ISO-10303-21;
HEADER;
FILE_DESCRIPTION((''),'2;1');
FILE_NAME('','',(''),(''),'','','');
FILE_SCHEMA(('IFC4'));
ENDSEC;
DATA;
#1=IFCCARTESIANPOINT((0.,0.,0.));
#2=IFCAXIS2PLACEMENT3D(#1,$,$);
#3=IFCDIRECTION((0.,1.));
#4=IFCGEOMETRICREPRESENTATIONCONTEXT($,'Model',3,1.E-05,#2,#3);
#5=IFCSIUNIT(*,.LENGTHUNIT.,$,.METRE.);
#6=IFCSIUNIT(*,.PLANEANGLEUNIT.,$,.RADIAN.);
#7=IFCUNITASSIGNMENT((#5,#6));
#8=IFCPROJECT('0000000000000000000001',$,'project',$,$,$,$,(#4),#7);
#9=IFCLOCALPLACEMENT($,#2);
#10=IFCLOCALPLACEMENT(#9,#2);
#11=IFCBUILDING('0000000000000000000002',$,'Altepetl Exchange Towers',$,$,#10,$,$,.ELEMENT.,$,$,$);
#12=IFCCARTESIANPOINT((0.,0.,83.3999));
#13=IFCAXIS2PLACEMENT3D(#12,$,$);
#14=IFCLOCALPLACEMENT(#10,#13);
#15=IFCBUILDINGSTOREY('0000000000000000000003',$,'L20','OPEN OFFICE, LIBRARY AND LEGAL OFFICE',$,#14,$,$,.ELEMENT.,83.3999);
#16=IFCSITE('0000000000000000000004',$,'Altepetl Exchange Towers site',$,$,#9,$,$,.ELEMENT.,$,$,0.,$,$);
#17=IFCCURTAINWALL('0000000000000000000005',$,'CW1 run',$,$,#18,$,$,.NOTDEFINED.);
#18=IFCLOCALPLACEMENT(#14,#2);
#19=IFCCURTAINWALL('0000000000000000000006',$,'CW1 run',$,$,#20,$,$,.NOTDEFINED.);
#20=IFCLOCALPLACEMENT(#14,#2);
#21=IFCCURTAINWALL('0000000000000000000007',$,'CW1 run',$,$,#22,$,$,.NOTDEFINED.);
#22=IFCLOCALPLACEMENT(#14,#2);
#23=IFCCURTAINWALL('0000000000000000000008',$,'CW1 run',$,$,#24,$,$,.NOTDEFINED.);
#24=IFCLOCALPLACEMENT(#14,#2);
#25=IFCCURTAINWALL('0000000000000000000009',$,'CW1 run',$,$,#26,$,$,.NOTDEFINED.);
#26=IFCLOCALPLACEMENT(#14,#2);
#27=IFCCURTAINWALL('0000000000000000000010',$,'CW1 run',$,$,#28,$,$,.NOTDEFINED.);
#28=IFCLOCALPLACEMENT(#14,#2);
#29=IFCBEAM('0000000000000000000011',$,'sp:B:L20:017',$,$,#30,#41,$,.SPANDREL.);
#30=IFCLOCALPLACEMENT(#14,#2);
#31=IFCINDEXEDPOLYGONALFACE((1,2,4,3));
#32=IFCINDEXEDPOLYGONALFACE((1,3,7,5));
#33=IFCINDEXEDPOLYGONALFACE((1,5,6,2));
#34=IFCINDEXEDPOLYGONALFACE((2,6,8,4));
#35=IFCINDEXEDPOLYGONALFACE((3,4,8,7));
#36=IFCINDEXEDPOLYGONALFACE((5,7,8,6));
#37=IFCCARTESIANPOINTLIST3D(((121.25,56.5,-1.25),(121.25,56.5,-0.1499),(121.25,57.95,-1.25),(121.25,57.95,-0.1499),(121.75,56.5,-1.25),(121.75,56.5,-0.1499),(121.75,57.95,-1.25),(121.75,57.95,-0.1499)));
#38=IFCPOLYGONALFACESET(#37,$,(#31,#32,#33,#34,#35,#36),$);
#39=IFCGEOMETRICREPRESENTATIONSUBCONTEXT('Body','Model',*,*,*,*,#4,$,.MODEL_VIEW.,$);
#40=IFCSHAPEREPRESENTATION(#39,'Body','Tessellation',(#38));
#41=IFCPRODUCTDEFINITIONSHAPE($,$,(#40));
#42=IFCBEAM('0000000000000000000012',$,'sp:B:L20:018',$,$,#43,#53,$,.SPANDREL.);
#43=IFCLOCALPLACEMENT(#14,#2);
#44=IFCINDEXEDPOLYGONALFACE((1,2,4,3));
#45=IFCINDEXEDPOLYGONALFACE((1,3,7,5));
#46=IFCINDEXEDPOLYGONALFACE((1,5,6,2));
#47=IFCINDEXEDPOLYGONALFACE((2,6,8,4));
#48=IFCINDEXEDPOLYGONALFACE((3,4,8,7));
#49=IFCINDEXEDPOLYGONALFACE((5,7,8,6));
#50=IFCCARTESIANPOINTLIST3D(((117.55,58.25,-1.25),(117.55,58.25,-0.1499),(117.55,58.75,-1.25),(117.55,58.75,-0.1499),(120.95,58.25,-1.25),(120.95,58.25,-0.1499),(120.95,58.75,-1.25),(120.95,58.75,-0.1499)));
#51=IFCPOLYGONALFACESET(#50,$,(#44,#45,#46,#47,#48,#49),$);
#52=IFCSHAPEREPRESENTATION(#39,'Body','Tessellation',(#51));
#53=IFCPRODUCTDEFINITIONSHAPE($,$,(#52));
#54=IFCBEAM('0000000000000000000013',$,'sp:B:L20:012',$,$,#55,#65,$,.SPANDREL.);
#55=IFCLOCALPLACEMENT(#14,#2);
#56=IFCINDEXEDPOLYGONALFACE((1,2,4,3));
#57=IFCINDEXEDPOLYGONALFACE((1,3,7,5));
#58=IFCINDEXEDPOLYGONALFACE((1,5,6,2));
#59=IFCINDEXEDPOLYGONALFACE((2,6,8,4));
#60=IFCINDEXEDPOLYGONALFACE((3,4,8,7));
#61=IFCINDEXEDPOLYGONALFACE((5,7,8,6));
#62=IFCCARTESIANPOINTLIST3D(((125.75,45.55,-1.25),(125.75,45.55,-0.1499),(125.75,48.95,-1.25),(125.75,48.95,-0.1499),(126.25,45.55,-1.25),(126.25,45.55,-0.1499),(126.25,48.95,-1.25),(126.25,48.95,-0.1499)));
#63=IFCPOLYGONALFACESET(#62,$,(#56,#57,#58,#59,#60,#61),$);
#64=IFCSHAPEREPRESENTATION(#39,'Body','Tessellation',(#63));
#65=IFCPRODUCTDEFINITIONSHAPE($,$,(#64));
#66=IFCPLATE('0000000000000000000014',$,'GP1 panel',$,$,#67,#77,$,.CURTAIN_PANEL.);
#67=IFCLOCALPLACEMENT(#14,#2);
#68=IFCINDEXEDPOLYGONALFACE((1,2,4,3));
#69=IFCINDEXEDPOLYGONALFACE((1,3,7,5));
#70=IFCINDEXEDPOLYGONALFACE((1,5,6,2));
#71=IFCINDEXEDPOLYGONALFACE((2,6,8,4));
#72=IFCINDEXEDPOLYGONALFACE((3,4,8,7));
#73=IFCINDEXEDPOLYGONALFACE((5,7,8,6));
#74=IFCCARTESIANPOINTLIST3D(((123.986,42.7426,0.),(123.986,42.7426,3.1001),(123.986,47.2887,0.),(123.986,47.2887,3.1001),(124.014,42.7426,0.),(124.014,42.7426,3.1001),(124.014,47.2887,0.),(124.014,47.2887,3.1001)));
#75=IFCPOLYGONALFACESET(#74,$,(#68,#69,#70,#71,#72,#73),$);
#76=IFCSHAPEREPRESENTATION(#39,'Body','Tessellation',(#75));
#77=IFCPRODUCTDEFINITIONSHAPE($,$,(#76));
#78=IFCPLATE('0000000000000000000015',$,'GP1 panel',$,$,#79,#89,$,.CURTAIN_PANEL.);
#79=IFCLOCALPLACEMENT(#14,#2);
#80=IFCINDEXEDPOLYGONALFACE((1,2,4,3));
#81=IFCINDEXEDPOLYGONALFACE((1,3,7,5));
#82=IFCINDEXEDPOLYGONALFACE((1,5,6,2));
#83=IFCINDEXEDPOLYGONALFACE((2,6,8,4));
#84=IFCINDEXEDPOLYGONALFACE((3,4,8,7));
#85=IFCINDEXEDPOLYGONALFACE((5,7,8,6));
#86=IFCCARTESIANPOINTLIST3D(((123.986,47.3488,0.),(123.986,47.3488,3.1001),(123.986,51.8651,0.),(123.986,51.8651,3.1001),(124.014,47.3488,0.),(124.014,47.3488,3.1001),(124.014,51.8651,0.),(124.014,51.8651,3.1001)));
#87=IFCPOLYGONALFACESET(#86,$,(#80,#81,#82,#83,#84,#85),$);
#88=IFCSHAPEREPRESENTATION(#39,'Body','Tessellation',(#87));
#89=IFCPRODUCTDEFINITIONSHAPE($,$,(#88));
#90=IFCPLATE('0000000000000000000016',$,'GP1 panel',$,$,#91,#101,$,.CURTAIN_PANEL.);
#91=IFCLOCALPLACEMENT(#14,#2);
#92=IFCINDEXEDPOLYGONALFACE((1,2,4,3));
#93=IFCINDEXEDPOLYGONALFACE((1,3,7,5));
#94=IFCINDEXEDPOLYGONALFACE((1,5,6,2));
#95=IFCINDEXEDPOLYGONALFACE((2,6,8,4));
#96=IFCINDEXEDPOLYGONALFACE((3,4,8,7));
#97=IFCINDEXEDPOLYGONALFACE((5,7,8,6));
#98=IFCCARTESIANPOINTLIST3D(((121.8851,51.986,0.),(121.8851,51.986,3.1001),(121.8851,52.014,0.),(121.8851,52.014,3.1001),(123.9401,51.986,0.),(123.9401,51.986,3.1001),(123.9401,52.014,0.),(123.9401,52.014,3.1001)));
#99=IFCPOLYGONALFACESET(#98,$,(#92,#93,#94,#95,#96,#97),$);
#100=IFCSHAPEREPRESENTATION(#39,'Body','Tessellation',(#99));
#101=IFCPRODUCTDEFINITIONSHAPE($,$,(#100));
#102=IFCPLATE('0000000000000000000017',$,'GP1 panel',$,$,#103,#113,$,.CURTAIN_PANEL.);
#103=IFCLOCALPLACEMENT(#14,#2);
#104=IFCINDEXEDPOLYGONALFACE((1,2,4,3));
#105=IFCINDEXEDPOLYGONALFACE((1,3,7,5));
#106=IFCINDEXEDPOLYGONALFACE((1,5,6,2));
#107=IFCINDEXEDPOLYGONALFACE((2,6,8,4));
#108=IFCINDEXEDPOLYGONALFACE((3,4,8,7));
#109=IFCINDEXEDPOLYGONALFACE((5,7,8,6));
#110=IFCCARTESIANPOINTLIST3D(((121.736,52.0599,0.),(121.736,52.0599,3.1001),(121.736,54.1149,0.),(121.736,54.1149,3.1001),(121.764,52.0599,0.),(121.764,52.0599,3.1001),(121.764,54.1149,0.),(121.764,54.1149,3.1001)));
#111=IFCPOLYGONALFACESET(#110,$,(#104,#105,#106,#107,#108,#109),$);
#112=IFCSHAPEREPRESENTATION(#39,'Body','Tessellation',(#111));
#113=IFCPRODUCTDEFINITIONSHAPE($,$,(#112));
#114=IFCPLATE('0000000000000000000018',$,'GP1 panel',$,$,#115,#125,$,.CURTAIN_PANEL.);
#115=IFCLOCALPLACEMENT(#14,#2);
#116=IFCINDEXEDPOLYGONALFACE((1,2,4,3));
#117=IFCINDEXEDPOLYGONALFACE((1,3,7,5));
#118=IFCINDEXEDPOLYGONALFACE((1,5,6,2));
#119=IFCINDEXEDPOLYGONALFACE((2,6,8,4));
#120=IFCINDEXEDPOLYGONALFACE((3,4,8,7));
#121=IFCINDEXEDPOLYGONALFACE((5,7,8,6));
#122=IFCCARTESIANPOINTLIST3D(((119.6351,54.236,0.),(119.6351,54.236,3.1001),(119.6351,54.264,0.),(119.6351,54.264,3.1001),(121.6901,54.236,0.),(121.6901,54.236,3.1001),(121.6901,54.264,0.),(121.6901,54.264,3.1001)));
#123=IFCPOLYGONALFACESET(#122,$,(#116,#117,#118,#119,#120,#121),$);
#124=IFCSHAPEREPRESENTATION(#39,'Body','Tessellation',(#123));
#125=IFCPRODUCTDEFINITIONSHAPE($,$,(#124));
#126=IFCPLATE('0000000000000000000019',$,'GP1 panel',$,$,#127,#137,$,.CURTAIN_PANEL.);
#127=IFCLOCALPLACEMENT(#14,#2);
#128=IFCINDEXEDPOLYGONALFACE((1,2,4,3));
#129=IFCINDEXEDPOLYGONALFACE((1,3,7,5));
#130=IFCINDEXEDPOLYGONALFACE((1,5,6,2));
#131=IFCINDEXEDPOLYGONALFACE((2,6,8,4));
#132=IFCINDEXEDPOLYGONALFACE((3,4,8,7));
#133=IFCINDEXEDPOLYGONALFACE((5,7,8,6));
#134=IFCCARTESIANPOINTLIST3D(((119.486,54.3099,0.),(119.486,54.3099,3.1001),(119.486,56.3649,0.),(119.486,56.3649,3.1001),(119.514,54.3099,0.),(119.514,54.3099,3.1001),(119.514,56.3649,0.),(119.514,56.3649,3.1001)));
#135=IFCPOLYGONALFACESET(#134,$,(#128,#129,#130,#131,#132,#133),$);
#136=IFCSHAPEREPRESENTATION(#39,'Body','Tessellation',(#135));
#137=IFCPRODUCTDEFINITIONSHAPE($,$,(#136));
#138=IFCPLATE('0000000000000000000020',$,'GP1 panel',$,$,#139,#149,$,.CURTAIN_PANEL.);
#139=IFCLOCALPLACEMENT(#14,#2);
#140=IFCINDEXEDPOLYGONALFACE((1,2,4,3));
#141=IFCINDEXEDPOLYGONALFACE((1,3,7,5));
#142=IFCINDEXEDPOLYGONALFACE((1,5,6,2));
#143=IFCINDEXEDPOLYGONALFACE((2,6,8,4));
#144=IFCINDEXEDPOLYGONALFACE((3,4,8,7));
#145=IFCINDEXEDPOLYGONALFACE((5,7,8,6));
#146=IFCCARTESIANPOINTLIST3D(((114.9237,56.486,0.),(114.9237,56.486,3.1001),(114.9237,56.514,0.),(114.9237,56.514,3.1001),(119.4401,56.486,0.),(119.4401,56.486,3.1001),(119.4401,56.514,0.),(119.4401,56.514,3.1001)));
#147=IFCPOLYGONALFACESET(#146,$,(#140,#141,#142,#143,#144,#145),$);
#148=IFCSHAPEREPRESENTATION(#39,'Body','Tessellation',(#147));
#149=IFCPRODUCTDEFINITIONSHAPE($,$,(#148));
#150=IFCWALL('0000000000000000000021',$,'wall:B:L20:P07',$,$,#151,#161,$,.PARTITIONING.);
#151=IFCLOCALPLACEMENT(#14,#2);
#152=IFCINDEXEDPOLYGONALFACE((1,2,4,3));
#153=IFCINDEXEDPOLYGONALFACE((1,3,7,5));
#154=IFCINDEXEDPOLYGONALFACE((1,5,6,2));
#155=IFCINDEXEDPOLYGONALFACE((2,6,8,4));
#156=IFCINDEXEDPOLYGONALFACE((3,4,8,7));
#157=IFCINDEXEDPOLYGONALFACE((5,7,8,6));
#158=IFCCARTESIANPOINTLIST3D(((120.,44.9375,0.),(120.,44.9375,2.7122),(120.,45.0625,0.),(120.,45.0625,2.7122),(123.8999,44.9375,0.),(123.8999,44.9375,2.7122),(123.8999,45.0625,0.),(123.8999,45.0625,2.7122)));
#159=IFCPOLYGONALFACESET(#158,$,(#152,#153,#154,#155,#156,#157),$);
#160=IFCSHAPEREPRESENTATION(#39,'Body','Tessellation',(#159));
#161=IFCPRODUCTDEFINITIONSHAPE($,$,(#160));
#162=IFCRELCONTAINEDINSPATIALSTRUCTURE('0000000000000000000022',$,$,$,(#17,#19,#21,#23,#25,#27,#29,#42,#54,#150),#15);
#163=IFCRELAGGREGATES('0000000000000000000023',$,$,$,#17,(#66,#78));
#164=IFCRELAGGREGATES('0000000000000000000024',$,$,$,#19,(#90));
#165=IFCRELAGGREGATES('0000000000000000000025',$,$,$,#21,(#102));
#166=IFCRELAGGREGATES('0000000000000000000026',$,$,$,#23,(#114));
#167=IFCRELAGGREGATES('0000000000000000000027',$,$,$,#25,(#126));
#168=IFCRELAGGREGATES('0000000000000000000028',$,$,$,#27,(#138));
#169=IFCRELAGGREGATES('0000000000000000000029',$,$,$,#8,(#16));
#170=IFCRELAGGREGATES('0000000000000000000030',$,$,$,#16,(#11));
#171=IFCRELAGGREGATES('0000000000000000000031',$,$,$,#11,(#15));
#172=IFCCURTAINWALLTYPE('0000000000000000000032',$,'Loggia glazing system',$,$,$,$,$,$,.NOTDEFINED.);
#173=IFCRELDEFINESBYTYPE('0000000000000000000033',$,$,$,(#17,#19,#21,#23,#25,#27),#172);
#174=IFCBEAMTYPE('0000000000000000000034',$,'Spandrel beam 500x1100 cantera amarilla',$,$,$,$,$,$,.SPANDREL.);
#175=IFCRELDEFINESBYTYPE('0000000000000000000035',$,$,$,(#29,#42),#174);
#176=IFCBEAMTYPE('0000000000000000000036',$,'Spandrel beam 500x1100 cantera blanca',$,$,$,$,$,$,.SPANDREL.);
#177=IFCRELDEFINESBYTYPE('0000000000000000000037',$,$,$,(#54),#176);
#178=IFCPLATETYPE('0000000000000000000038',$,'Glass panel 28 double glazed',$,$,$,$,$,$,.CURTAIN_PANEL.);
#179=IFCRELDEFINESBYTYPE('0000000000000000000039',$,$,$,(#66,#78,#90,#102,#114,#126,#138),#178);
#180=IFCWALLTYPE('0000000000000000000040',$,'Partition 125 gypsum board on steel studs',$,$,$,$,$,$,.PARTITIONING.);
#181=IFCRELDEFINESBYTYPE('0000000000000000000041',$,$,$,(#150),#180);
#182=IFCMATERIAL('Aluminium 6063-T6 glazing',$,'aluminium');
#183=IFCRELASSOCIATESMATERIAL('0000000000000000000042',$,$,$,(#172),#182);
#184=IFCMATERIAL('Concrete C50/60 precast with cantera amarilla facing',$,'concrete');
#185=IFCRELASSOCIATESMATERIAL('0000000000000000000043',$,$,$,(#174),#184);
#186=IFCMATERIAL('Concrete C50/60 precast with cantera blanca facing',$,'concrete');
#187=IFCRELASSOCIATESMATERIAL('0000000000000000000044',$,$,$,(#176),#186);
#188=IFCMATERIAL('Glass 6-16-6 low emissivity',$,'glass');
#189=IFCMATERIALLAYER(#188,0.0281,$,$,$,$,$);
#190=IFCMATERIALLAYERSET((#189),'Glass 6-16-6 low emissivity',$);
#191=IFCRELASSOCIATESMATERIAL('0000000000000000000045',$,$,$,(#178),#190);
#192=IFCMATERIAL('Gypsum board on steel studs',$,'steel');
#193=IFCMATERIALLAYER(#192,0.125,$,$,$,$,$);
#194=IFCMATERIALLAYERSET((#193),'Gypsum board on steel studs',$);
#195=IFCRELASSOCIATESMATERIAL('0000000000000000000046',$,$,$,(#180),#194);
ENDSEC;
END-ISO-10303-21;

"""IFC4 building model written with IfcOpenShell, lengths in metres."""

from ifc_helpers import new_model, si_unit, direction, frame, frame_2d, origin, origin_2d, place, context, subcontext, project, spatial, rectangle, extrude, material, layer, layer_set, material_profile, profile_set, type_object, element, aggregate, save


model = new_model("IFC4")

# Units and contexts
model_context = context("Model", 3, precision=1e-05, world=origin(), true_north=direction((0.0, 1.0)))
body_context = subcontext(model_context, "Body", "Model", "MODEL_VIEW")
ifc_project = project(units=[si_unit("LENGTHUNIT", "METRE"), si_unit("PLANEANGLEUNIT", "RADIAN")], contexts=[model_context])

# Site, building, storey
site_placement = place(None, origin())
site = spatial("IfcSite", under=ifc_project, at=site_placement, Name="Altepetl Exchange Towers site", CompositionType="ELEMENT", RefElevation=0.0)
building_placement = place(site_placement, origin())
building = spatial("IfcBuilding", under=site, at=building_placement, Name="Altepetl Exchange Towers", CompositionType="ELEMENT")
storey_placement = place(building_placement, frame((0.0, 0.0, 83.3999)))
storey = spatial("IfcBuildingStorey", under=building, at=storey_placement, Name="L20", Description="OPEN OFFICE, LIBRARY AND LEGAL OFFICE", CompositionType="ELEMENT", Elevation=83.3999)

# Curtain walls
ifc_material_1 = material(Name="Aluminium 6063-T6 glazing", Category="aluminium")
curtain_wall_type = type_object("IfcCurtainWallType", Name="Loggia glazing system", PredefinedType="NOTDEFINED", material=ifc_material_1)
curtain_wall_1_placement = place(storey_placement, origin())
curtain_wall_1 = element("IfcCurtainWall", 1, at=curtain_wall_1_placement, inside=storey, type_object=curtain_wall_type, Name="CW1 run", PredefinedType="NOTDEFINED")
curtain_wall_2_placement = place(storey_placement, origin())
curtain_wall_2 = element("IfcCurtainWall", 2, at=curtain_wall_2_placement, inside=storey, type_object=curtain_wall_type, Name="CW1 run", PredefinedType="NOTDEFINED")
curtain_wall_3_placement = place(storey_placement, origin())
curtain_wall_3 = element("IfcCurtainWall", 3, at=curtain_wall_3_placement, inside=storey, type_object=curtain_wall_type, Name="CW1 run", PredefinedType="NOTDEFINED")
curtain_wall_4_placement = place(storey_placement, origin())
curtain_wall_4 = element("IfcCurtainWall", 4, at=curtain_wall_4_placement, inside=storey, type_object=curtain_wall_type, Name="CW1 run", PredefinedType="NOTDEFINED")
curtain_wall_5_placement = place(storey_placement, origin())
curtain_wall_5 = element("IfcCurtainWall", 5, at=curtain_wall_5_placement, inside=storey, type_object=curtain_wall_type, Name="CW1 run", PredefinedType="NOTDEFINED")

# Curtain wall
curtain_wall_6_placement = place(storey_placement, origin())
curtain_wall_6 = element("IfcCurtainWall", 6, at=curtain_wall_6_placement, inside=storey, type_object=curtain_wall_type, Name="CW1 run", PredefinedType="NOTDEFINED")

# Beams
ifc_material_2 = material(Name="Concrete C50/60 precast with cantera amarilla facing", Category="concrete")
ifc_material_profile_1 = material_profile(ifc_material_2, rectangle(XDim=0.5, YDim=1.1001, at=origin_2d()), Name="500 x 1100")
ifc_profile_set_1 = profile_set([ifc_material_profile_1], Name="Concrete C50/60 precast with cantera amarilla facing")
beam_type_1 = type_object("IfcBeamType", Name="Spandrel beam 500x1100 cantera amarilla", PredefinedType="SPANDREL", material=ifc_profile_set_1)
beam_1_placement = place(storey_placement, frame((121.5, 56.5, -0.7), z_axis=(0.0, 1.0, 0.0), x_axis=(-1.0, 0.0, 0.0)))
element("IfcBeam", 7, at=beam_1_placement, inside=storey, type_object=beam_type_1, Name="sp:B:L20:017", PredefinedType="SPANDREL", context=body_context, shape_type="SweptSolid", body=[
    extrude(rectangle(XDim=0.5, YDim=1.1001, at=origin_2d()), origin(), (0.0, 0.0, 1.0), 1.45),
])
beam_2_placement = place(storey_placement, frame((120.95, 58.5, -0.7), z_axis=(-1.0, 0.0, 0.0), x_axis=(0.0, -1.0, 0.0)))
element("IfcBeam", 8, at=beam_2_placement, inside=storey, type_object=beam_type_1, Name="sp:B:L20:018", PredefinedType="SPANDREL", context=body_context, shape_type="SweptSolid", body=[
    extrude(rectangle(XDim=0.5, YDim=1.1001, at=origin_2d()), origin(), (0.0, 0.0, 1.0), 3.3999),
])
ifc_material_3 = material(Name="Concrete C50/60 precast with cantera blanca facing", Category="concrete")
ifc_material_profile_2 = material_profile(ifc_material_3, rectangle(XDim=0.5, YDim=1.1001, at=origin_2d()), Name="500 x 1100")
ifc_profile_set_2 = profile_set([ifc_material_profile_2], Name="Concrete C50/60 precast with cantera blanca facing")
beam_type_2 = type_object("IfcBeamType", Name="Spandrel beam 500x1100 cantera blanca", PredefinedType="SPANDREL", material=ifc_profile_set_2)
beam_3_placement = place(storey_placement, frame((126.0, 45.55, -0.7), z_axis=(0.0, 1.0, 0.0), x_axis=(-1.0, 0.0, 0.0)))
element("IfcBeam", 9, at=beam_3_placement, inside=storey, type_object=beam_type_2, Name="sp:B:L20:012", PredefinedType="SPANDREL", context=body_context, shape_type="SweptSolid", body=[
    extrude(rectangle(XDim=0.5, YDim=1.1001, at=origin_2d()), origin(), (0.0, 0.0, 1.0), 3.3999),
])

# Plates
ifc_material_4 = material(Name="Glass 6-16-6 low emissivity", Category="glass")
ifc_layer_1 = layer(ifc_material_4, 0.0281)
ifc_layer_set_1 = layer_set([ifc_layer_1], Name="Glass 6-16-6 low emissivity")
plate_type = type_object("IfcPlateType", Name="Glass panel 28 double glazed", PredefinedType="CURTAIN_PANEL", material=ifc_layer_set_1)
plate_1_placement = place(storey_placement, frame((124.0, 45.0156, 0.0), z_axis=(0.0, 0.0, 1.0), x_axis=(0.0, 1.0, 0.0)))
plate_1 = element("IfcPlate", 10, at=plate_1_placement, type_object=plate_type, Name="GP1 panel", PredefinedType="CURTAIN_PANEL", context=body_context, shape_type="SweptSolid", body=[
    extrude(rectangle(XDim=4.5461, YDim=0.0281, at=origin_2d()), origin(), (0.0, 0.0, 1.0), 3.1001),
])
plate_2_placement = place(storey_placement, frame((124.0, 49.6069, 0.0), z_axis=(0.0, 0.0, 1.0), x_axis=(0.0, 1.0, 0.0)))
plate_2 = element("IfcPlate", 11, at=plate_2_placement, type_object=plate_type, Name="GP1 panel", PredefinedType="CURTAIN_PANEL", context=body_context, shape_type="SweptSolid", body=[
    extrude(rectangle(XDim=4.5164, YDim=0.0281, at=origin_2d()), origin(), (0.0, 0.0, 1.0), 3.1001),
])
aggregate(curtain_wall_1, [plate_1, plate_2])
plate_3_placement = place(storey_placement, frame((122.9126, 52.0, 0.0), z_axis=(0.0, 0.0, 1.0), x_axis=(-1.0, 0.0, 0.0)))
plate_3 = element("IfcPlate", 12, at=plate_3_placement, type_object=plate_type, Name="GP1 panel", PredefinedType="CURTAIN_PANEL", context=body_context, shape_type="SweptSolid", body=[
    extrude(rectangle(XDim=2.0549, YDim=0.0281, at=origin_2d()), origin(), (0.0, 0.0, 1.0), 3.1001),
])
aggregate(curtain_wall_2, [plate_3])
plate_4_placement = place(storey_placement, frame((121.75, 53.0874, 0.0), z_axis=(0.0, 0.0, 1.0), x_axis=(0.0, 1.0, 0.0)))
plate_4 = element("IfcPlate", 13, at=plate_4_placement, type_object=plate_type, Name="GP1 panel", PredefinedType="CURTAIN_PANEL", context=body_context, shape_type="SweptSolid", body=[
    extrude(rectangle(XDim=2.0549, YDim=0.0281, at=origin_2d()), origin(), (0.0, 0.0, 1.0), 3.1001),
])
aggregate(curtain_wall_3, [plate_4])
plate_5_placement = place(storey_placement, frame((120.6626, 54.25, 0.0), z_axis=(0.0, 0.0, 1.0), x_axis=(-1.0, 0.0, 0.0)))
plate_5 = element("IfcPlate", 14, at=plate_5_placement, type_object=plate_type, Name="GP1 panel", PredefinedType="CURTAIN_PANEL", context=body_context, shape_type="SweptSolid", body=[
    extrude(rectangle(XDim=2.0549, YDim=0.0281, at=origin_2d()), origin(), (0.0, 0.0, 1.0), 3.1001),
])
aggregate(curtain_wall_4, [plate_5])
plate_6_placement = place(storey_placement, frame((119.5, 55.3374, 0.0), z_axis=(0.0, 0.0, 1.0), x_axis=(0.0, 1.0, 0.0)))
plate_6 = element("IfcPlate", 15, at=plate_6_placement, type_object=plate_type, Name="GP1 panel", PredefinedType="CURTAIN_PANEL", context=body_context, shape_type="SweptSolid", body=[
    extrude(rectangle(XDim=2.0549, YDim=0.0281, at=origin_2d()), origin(), (0.0, 0.0, 1.0), 3.1001),
])
aggregate(curtain_wall_5, [plate_6])
plate_7_placement = place(storey_placement, frame((117.1819, 56.5, 0.0), z_axis=(0.0, 0.0, 1.0), x_axis=(-1.0, 0.0, 0.0)))
plate_7 = element("IfcPlate", 16, at=plate_7_placement, type_object=plate_type, Name="GP1 panel", PredefinedType="CURTAIN_PANEL", context=body_context, shape_type="SweptSolid", body=[
    extrude(rectangle(XDim=4.5164, YDim=0.0281, at=origin_2d()), origin(), (0.0, 0.0, 1.0), 3.1001),
])
aggregate(curtain_wall_6, [plate_7])

# Wall
ifc_material_5 = material(Name="Gypsum board on steel studs", Category="steel")
ifc_layer_2 = layer(ifc_material_5, 0.125)
ifc_layer_set_2 = layer_set([ifc_layer_2], Name="Gypsum board on steel studs")
wall_type = type_object("IfcWallType", Name="Partition 125 gypsum board on steel studs", PredefinedType="PARTITIONING", material=ifc_layer_set_2)
wall_placement = place(storey_placement, frame((120.0, 45.0, 0.0)))
element("IfcWall", 17, at=wall_placement, inside=storey, type_object=wall_type, Name="wall:B:L20:P07", PredefinedType="PARTITIONING", context=body_context, shape_type="SweptSolid", body=[
    extrude(rectangle(XDim=3.8999, YDim=0.125, at=frame_2d((1.95, 0.0))), origin(), (0.0, 0.0, 1.0), 2.7122),
])

save(model, "model.ifc")
